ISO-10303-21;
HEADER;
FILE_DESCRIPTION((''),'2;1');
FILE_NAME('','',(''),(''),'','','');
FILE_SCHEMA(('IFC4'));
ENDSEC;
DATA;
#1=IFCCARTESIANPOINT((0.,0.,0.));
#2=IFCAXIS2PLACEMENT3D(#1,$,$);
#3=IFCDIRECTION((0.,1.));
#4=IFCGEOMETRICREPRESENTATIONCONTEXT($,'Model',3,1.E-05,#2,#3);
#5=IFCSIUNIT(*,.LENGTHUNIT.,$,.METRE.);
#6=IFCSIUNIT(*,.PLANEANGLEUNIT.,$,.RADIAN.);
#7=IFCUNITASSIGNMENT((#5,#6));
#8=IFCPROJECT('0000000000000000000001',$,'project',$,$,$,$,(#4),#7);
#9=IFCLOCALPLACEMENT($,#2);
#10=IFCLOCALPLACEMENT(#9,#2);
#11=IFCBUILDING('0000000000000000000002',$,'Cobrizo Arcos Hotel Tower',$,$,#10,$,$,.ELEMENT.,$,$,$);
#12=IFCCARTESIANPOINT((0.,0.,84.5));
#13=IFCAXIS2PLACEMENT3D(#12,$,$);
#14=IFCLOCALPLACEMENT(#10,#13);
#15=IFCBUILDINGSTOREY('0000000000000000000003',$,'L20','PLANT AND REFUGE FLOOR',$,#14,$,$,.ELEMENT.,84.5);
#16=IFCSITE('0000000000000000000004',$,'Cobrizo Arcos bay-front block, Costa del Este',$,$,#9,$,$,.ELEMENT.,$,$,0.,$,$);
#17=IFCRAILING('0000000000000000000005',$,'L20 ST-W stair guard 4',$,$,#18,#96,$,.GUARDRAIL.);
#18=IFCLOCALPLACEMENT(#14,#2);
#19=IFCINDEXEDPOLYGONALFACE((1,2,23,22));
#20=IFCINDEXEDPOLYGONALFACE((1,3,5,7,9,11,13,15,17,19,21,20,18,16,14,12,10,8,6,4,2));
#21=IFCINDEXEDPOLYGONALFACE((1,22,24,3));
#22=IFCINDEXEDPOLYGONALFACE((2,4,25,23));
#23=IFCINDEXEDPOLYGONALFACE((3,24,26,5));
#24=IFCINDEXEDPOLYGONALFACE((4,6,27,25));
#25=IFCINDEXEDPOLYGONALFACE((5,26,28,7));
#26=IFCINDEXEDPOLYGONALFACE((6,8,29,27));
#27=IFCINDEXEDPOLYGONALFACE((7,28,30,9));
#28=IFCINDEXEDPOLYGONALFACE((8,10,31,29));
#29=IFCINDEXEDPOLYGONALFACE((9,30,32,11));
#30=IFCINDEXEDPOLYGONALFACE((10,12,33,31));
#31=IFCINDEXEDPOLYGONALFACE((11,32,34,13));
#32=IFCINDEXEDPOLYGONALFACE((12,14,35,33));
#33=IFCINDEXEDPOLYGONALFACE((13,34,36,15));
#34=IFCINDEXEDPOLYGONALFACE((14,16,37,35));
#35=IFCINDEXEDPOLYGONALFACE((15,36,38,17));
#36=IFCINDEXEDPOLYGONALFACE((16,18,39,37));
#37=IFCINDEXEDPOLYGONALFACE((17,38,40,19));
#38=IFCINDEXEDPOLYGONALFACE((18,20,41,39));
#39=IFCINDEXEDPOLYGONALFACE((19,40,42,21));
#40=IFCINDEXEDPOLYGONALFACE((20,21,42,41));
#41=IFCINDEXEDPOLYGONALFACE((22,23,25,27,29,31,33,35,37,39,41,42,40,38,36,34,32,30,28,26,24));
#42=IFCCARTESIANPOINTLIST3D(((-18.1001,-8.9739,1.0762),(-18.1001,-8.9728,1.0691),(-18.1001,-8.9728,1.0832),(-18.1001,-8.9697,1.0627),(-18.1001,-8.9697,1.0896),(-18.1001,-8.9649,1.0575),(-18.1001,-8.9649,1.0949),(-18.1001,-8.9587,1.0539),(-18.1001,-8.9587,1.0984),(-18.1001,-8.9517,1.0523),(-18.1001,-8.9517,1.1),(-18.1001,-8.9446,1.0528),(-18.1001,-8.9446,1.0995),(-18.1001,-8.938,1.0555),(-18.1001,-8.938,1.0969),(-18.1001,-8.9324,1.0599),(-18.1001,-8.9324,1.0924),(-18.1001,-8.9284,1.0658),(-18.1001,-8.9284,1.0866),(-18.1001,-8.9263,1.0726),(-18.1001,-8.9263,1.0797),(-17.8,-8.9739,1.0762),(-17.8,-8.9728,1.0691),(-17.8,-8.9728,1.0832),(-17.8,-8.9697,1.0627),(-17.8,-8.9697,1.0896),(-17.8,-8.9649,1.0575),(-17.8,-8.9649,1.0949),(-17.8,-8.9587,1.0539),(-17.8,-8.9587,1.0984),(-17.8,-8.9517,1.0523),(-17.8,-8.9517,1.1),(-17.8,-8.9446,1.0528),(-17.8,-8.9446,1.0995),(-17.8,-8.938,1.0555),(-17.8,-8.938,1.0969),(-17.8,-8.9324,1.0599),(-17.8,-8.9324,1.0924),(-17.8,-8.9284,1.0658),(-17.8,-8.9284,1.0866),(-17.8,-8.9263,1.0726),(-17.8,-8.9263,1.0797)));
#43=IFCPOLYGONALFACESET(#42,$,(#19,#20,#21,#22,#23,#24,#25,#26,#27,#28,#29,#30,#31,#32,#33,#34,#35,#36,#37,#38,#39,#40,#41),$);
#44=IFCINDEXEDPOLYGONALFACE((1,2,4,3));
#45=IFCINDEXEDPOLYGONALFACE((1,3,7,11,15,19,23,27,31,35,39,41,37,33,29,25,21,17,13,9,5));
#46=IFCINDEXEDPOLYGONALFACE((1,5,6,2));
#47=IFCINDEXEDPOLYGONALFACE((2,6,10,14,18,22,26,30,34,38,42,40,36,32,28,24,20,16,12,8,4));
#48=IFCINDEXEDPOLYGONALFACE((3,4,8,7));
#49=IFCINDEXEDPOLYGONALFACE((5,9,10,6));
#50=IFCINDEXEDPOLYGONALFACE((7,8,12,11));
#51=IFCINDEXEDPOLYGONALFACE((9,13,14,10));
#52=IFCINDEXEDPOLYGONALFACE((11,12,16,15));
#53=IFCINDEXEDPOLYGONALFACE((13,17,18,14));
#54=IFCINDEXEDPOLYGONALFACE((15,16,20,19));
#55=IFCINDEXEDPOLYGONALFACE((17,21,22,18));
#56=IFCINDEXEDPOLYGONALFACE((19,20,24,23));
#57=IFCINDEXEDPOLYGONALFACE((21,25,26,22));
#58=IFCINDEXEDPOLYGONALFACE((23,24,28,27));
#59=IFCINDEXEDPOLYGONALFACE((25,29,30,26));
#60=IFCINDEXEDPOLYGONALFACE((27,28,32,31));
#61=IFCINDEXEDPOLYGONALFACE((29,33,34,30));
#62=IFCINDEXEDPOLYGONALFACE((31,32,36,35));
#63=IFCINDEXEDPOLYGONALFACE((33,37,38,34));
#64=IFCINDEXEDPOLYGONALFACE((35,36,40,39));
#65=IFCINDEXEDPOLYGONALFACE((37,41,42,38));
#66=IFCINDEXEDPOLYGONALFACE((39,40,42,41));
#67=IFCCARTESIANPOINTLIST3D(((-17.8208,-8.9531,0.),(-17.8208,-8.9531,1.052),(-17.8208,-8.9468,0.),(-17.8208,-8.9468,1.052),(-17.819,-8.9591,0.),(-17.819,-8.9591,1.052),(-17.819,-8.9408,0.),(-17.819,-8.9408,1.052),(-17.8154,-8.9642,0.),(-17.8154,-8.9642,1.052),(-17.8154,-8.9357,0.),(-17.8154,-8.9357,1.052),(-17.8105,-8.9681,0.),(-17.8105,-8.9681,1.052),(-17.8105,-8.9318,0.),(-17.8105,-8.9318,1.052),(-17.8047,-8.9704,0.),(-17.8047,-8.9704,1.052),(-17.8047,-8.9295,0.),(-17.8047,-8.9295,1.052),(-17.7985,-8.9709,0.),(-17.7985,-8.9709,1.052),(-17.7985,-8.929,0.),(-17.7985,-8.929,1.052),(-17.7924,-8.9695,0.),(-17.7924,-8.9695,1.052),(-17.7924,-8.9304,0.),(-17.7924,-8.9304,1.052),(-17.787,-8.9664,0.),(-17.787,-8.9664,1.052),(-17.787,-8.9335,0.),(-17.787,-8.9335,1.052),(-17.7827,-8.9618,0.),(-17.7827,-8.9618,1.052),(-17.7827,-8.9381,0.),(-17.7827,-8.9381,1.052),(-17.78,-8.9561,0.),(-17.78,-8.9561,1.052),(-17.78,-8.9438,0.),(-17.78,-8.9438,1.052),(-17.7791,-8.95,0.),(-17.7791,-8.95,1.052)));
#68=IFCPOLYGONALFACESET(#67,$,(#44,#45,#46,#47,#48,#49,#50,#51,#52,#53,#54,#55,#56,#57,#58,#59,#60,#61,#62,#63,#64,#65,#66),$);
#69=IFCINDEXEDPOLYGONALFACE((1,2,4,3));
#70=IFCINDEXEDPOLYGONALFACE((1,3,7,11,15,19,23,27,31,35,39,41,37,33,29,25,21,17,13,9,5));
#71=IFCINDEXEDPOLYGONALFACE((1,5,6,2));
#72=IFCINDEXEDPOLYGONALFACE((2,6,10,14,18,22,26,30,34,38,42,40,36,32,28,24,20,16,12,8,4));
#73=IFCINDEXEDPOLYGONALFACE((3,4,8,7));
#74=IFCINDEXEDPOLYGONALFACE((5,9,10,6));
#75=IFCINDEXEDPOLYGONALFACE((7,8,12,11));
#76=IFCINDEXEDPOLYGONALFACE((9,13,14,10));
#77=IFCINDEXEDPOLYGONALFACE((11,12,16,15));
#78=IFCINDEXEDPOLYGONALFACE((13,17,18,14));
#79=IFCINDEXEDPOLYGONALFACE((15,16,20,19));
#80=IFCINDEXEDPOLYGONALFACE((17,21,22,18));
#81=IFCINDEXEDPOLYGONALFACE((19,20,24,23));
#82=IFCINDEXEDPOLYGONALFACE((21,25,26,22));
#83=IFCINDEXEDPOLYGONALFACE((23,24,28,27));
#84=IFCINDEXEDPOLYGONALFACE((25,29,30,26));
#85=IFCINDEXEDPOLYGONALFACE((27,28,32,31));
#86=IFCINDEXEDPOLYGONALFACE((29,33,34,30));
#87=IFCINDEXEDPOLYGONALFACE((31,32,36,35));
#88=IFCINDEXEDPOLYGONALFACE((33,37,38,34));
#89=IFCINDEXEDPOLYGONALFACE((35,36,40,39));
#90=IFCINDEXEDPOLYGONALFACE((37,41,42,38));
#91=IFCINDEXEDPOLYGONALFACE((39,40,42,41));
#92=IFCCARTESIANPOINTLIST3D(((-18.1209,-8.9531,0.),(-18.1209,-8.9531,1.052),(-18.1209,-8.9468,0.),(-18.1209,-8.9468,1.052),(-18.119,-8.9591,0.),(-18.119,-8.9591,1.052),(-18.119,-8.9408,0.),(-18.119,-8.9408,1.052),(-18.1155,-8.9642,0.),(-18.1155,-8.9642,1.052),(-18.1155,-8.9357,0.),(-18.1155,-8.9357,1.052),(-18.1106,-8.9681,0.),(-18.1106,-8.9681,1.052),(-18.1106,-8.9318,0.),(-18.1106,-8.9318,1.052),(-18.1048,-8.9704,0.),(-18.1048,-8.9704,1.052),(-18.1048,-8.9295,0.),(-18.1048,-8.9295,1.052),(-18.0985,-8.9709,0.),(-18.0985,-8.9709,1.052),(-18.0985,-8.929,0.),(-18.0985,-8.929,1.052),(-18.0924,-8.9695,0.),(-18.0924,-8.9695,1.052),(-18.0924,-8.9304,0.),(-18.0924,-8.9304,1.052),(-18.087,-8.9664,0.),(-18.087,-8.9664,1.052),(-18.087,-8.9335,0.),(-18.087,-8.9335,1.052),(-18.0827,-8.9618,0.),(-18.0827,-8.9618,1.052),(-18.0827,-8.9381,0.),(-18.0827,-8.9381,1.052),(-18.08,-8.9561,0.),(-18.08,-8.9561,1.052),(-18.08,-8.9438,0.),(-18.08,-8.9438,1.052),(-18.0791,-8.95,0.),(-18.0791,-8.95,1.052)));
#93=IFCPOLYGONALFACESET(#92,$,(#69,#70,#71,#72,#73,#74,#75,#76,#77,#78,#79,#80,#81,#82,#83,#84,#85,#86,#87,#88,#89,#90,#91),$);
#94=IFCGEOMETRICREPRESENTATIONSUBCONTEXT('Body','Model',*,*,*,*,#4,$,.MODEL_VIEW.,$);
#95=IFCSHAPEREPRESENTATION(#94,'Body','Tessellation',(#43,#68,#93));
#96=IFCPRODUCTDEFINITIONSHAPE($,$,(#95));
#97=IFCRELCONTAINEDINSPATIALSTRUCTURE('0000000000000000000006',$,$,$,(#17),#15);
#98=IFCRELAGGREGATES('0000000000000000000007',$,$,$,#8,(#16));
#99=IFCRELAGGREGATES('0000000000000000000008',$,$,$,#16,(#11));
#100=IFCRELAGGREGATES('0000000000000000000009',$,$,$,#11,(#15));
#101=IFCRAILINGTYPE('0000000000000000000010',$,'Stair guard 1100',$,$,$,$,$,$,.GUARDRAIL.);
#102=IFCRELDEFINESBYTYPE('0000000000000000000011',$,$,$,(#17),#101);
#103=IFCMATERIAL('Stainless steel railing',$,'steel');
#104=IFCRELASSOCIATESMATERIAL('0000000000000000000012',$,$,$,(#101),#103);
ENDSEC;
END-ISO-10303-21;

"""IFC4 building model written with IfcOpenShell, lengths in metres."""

from ifc_helpers import new_model, si_unit, direction, frame, origin, origin_2d, place, context, subcontext, project, spatial, circle, extrude, material, type_object, element, save


model = new_model("IFC4")

# Units and contexts
model_context = context("Model", 3, precision=1e-05, world=origin(), true_north=direction((0.0, 1.0)))
body_context = subcontext(model_context, "Body", "Model", "MODEL_VIEW")
ifc_project = project(units=[si_unit("LENGTHUNIT", "METRE"), si_unit("PLANEANGLEUNIT", "RADIAN")], contexts=[model_context])

# Site, building, storey
site_placement = place(None, origin())
site = spatial("IfcSite", under=ifc_project, at=site_placement, Name="Cobrizo Arcos bay-front block, Costa del Este", CompositionType="ELEMENT", RefElevation=0.0)
building_placement = place(site_placement, origin())
building = spatial("IfcBuilding", under=site, at=building_placement, Name="Cobrizo Arcos Hotel Tower", CompositionType="ELEMENT")
storey_placement = place(building_placement, frame((0.0, 0.0, 84.5)))
storey = spatial("IfcBuildingStorey", under=building, at=storey_placement, Name="L20", Description="PLANT AND REFUGE FLOOR", CompositionType="ELEMENT", Elevation=84.5)

# Railing
ifc_material_1 = material(Name="Stainless steel railing", Category="steel")
railing_type_1 = type_object("IfcRailingType", Name="Stair guard 1100", PredefinedType="GUARDRAIL", material=ifc_material_1)
railing_1_placement = place(storey_placement, frame((-17.8, -8.95, 0.0)))
element("IfcRailing", 1, at=railing_1_placement, inside=storey, type_object=railing_type_1, Name="L20 ST-W stair guard 4", PredefinedType="GUARDRAIL", context=body_context, shape_type="SweptSolid", body=[
    extrude(circle(Radius=0.0239, at=origin_2d()), frame((0.0, 0.0, 1.0762), z_axis=(-1.0, 0.0, 0.0), x_axis=(0.0, -1.0, 0.0)), (0.0, 0.0, 1.0), 0.3),
    extrude(circle(Radius=0.021, at=origin_2d()), origin(), (0.0, 0.0, 1.0), 1.052),
    extrude(circle(Radius=0.021, at=origin_2d()), frame((-0.3, 0.0, 0.0)), (0.0, 0.0, 1.0), 1.052),
])

save(model, "model.ifc")
